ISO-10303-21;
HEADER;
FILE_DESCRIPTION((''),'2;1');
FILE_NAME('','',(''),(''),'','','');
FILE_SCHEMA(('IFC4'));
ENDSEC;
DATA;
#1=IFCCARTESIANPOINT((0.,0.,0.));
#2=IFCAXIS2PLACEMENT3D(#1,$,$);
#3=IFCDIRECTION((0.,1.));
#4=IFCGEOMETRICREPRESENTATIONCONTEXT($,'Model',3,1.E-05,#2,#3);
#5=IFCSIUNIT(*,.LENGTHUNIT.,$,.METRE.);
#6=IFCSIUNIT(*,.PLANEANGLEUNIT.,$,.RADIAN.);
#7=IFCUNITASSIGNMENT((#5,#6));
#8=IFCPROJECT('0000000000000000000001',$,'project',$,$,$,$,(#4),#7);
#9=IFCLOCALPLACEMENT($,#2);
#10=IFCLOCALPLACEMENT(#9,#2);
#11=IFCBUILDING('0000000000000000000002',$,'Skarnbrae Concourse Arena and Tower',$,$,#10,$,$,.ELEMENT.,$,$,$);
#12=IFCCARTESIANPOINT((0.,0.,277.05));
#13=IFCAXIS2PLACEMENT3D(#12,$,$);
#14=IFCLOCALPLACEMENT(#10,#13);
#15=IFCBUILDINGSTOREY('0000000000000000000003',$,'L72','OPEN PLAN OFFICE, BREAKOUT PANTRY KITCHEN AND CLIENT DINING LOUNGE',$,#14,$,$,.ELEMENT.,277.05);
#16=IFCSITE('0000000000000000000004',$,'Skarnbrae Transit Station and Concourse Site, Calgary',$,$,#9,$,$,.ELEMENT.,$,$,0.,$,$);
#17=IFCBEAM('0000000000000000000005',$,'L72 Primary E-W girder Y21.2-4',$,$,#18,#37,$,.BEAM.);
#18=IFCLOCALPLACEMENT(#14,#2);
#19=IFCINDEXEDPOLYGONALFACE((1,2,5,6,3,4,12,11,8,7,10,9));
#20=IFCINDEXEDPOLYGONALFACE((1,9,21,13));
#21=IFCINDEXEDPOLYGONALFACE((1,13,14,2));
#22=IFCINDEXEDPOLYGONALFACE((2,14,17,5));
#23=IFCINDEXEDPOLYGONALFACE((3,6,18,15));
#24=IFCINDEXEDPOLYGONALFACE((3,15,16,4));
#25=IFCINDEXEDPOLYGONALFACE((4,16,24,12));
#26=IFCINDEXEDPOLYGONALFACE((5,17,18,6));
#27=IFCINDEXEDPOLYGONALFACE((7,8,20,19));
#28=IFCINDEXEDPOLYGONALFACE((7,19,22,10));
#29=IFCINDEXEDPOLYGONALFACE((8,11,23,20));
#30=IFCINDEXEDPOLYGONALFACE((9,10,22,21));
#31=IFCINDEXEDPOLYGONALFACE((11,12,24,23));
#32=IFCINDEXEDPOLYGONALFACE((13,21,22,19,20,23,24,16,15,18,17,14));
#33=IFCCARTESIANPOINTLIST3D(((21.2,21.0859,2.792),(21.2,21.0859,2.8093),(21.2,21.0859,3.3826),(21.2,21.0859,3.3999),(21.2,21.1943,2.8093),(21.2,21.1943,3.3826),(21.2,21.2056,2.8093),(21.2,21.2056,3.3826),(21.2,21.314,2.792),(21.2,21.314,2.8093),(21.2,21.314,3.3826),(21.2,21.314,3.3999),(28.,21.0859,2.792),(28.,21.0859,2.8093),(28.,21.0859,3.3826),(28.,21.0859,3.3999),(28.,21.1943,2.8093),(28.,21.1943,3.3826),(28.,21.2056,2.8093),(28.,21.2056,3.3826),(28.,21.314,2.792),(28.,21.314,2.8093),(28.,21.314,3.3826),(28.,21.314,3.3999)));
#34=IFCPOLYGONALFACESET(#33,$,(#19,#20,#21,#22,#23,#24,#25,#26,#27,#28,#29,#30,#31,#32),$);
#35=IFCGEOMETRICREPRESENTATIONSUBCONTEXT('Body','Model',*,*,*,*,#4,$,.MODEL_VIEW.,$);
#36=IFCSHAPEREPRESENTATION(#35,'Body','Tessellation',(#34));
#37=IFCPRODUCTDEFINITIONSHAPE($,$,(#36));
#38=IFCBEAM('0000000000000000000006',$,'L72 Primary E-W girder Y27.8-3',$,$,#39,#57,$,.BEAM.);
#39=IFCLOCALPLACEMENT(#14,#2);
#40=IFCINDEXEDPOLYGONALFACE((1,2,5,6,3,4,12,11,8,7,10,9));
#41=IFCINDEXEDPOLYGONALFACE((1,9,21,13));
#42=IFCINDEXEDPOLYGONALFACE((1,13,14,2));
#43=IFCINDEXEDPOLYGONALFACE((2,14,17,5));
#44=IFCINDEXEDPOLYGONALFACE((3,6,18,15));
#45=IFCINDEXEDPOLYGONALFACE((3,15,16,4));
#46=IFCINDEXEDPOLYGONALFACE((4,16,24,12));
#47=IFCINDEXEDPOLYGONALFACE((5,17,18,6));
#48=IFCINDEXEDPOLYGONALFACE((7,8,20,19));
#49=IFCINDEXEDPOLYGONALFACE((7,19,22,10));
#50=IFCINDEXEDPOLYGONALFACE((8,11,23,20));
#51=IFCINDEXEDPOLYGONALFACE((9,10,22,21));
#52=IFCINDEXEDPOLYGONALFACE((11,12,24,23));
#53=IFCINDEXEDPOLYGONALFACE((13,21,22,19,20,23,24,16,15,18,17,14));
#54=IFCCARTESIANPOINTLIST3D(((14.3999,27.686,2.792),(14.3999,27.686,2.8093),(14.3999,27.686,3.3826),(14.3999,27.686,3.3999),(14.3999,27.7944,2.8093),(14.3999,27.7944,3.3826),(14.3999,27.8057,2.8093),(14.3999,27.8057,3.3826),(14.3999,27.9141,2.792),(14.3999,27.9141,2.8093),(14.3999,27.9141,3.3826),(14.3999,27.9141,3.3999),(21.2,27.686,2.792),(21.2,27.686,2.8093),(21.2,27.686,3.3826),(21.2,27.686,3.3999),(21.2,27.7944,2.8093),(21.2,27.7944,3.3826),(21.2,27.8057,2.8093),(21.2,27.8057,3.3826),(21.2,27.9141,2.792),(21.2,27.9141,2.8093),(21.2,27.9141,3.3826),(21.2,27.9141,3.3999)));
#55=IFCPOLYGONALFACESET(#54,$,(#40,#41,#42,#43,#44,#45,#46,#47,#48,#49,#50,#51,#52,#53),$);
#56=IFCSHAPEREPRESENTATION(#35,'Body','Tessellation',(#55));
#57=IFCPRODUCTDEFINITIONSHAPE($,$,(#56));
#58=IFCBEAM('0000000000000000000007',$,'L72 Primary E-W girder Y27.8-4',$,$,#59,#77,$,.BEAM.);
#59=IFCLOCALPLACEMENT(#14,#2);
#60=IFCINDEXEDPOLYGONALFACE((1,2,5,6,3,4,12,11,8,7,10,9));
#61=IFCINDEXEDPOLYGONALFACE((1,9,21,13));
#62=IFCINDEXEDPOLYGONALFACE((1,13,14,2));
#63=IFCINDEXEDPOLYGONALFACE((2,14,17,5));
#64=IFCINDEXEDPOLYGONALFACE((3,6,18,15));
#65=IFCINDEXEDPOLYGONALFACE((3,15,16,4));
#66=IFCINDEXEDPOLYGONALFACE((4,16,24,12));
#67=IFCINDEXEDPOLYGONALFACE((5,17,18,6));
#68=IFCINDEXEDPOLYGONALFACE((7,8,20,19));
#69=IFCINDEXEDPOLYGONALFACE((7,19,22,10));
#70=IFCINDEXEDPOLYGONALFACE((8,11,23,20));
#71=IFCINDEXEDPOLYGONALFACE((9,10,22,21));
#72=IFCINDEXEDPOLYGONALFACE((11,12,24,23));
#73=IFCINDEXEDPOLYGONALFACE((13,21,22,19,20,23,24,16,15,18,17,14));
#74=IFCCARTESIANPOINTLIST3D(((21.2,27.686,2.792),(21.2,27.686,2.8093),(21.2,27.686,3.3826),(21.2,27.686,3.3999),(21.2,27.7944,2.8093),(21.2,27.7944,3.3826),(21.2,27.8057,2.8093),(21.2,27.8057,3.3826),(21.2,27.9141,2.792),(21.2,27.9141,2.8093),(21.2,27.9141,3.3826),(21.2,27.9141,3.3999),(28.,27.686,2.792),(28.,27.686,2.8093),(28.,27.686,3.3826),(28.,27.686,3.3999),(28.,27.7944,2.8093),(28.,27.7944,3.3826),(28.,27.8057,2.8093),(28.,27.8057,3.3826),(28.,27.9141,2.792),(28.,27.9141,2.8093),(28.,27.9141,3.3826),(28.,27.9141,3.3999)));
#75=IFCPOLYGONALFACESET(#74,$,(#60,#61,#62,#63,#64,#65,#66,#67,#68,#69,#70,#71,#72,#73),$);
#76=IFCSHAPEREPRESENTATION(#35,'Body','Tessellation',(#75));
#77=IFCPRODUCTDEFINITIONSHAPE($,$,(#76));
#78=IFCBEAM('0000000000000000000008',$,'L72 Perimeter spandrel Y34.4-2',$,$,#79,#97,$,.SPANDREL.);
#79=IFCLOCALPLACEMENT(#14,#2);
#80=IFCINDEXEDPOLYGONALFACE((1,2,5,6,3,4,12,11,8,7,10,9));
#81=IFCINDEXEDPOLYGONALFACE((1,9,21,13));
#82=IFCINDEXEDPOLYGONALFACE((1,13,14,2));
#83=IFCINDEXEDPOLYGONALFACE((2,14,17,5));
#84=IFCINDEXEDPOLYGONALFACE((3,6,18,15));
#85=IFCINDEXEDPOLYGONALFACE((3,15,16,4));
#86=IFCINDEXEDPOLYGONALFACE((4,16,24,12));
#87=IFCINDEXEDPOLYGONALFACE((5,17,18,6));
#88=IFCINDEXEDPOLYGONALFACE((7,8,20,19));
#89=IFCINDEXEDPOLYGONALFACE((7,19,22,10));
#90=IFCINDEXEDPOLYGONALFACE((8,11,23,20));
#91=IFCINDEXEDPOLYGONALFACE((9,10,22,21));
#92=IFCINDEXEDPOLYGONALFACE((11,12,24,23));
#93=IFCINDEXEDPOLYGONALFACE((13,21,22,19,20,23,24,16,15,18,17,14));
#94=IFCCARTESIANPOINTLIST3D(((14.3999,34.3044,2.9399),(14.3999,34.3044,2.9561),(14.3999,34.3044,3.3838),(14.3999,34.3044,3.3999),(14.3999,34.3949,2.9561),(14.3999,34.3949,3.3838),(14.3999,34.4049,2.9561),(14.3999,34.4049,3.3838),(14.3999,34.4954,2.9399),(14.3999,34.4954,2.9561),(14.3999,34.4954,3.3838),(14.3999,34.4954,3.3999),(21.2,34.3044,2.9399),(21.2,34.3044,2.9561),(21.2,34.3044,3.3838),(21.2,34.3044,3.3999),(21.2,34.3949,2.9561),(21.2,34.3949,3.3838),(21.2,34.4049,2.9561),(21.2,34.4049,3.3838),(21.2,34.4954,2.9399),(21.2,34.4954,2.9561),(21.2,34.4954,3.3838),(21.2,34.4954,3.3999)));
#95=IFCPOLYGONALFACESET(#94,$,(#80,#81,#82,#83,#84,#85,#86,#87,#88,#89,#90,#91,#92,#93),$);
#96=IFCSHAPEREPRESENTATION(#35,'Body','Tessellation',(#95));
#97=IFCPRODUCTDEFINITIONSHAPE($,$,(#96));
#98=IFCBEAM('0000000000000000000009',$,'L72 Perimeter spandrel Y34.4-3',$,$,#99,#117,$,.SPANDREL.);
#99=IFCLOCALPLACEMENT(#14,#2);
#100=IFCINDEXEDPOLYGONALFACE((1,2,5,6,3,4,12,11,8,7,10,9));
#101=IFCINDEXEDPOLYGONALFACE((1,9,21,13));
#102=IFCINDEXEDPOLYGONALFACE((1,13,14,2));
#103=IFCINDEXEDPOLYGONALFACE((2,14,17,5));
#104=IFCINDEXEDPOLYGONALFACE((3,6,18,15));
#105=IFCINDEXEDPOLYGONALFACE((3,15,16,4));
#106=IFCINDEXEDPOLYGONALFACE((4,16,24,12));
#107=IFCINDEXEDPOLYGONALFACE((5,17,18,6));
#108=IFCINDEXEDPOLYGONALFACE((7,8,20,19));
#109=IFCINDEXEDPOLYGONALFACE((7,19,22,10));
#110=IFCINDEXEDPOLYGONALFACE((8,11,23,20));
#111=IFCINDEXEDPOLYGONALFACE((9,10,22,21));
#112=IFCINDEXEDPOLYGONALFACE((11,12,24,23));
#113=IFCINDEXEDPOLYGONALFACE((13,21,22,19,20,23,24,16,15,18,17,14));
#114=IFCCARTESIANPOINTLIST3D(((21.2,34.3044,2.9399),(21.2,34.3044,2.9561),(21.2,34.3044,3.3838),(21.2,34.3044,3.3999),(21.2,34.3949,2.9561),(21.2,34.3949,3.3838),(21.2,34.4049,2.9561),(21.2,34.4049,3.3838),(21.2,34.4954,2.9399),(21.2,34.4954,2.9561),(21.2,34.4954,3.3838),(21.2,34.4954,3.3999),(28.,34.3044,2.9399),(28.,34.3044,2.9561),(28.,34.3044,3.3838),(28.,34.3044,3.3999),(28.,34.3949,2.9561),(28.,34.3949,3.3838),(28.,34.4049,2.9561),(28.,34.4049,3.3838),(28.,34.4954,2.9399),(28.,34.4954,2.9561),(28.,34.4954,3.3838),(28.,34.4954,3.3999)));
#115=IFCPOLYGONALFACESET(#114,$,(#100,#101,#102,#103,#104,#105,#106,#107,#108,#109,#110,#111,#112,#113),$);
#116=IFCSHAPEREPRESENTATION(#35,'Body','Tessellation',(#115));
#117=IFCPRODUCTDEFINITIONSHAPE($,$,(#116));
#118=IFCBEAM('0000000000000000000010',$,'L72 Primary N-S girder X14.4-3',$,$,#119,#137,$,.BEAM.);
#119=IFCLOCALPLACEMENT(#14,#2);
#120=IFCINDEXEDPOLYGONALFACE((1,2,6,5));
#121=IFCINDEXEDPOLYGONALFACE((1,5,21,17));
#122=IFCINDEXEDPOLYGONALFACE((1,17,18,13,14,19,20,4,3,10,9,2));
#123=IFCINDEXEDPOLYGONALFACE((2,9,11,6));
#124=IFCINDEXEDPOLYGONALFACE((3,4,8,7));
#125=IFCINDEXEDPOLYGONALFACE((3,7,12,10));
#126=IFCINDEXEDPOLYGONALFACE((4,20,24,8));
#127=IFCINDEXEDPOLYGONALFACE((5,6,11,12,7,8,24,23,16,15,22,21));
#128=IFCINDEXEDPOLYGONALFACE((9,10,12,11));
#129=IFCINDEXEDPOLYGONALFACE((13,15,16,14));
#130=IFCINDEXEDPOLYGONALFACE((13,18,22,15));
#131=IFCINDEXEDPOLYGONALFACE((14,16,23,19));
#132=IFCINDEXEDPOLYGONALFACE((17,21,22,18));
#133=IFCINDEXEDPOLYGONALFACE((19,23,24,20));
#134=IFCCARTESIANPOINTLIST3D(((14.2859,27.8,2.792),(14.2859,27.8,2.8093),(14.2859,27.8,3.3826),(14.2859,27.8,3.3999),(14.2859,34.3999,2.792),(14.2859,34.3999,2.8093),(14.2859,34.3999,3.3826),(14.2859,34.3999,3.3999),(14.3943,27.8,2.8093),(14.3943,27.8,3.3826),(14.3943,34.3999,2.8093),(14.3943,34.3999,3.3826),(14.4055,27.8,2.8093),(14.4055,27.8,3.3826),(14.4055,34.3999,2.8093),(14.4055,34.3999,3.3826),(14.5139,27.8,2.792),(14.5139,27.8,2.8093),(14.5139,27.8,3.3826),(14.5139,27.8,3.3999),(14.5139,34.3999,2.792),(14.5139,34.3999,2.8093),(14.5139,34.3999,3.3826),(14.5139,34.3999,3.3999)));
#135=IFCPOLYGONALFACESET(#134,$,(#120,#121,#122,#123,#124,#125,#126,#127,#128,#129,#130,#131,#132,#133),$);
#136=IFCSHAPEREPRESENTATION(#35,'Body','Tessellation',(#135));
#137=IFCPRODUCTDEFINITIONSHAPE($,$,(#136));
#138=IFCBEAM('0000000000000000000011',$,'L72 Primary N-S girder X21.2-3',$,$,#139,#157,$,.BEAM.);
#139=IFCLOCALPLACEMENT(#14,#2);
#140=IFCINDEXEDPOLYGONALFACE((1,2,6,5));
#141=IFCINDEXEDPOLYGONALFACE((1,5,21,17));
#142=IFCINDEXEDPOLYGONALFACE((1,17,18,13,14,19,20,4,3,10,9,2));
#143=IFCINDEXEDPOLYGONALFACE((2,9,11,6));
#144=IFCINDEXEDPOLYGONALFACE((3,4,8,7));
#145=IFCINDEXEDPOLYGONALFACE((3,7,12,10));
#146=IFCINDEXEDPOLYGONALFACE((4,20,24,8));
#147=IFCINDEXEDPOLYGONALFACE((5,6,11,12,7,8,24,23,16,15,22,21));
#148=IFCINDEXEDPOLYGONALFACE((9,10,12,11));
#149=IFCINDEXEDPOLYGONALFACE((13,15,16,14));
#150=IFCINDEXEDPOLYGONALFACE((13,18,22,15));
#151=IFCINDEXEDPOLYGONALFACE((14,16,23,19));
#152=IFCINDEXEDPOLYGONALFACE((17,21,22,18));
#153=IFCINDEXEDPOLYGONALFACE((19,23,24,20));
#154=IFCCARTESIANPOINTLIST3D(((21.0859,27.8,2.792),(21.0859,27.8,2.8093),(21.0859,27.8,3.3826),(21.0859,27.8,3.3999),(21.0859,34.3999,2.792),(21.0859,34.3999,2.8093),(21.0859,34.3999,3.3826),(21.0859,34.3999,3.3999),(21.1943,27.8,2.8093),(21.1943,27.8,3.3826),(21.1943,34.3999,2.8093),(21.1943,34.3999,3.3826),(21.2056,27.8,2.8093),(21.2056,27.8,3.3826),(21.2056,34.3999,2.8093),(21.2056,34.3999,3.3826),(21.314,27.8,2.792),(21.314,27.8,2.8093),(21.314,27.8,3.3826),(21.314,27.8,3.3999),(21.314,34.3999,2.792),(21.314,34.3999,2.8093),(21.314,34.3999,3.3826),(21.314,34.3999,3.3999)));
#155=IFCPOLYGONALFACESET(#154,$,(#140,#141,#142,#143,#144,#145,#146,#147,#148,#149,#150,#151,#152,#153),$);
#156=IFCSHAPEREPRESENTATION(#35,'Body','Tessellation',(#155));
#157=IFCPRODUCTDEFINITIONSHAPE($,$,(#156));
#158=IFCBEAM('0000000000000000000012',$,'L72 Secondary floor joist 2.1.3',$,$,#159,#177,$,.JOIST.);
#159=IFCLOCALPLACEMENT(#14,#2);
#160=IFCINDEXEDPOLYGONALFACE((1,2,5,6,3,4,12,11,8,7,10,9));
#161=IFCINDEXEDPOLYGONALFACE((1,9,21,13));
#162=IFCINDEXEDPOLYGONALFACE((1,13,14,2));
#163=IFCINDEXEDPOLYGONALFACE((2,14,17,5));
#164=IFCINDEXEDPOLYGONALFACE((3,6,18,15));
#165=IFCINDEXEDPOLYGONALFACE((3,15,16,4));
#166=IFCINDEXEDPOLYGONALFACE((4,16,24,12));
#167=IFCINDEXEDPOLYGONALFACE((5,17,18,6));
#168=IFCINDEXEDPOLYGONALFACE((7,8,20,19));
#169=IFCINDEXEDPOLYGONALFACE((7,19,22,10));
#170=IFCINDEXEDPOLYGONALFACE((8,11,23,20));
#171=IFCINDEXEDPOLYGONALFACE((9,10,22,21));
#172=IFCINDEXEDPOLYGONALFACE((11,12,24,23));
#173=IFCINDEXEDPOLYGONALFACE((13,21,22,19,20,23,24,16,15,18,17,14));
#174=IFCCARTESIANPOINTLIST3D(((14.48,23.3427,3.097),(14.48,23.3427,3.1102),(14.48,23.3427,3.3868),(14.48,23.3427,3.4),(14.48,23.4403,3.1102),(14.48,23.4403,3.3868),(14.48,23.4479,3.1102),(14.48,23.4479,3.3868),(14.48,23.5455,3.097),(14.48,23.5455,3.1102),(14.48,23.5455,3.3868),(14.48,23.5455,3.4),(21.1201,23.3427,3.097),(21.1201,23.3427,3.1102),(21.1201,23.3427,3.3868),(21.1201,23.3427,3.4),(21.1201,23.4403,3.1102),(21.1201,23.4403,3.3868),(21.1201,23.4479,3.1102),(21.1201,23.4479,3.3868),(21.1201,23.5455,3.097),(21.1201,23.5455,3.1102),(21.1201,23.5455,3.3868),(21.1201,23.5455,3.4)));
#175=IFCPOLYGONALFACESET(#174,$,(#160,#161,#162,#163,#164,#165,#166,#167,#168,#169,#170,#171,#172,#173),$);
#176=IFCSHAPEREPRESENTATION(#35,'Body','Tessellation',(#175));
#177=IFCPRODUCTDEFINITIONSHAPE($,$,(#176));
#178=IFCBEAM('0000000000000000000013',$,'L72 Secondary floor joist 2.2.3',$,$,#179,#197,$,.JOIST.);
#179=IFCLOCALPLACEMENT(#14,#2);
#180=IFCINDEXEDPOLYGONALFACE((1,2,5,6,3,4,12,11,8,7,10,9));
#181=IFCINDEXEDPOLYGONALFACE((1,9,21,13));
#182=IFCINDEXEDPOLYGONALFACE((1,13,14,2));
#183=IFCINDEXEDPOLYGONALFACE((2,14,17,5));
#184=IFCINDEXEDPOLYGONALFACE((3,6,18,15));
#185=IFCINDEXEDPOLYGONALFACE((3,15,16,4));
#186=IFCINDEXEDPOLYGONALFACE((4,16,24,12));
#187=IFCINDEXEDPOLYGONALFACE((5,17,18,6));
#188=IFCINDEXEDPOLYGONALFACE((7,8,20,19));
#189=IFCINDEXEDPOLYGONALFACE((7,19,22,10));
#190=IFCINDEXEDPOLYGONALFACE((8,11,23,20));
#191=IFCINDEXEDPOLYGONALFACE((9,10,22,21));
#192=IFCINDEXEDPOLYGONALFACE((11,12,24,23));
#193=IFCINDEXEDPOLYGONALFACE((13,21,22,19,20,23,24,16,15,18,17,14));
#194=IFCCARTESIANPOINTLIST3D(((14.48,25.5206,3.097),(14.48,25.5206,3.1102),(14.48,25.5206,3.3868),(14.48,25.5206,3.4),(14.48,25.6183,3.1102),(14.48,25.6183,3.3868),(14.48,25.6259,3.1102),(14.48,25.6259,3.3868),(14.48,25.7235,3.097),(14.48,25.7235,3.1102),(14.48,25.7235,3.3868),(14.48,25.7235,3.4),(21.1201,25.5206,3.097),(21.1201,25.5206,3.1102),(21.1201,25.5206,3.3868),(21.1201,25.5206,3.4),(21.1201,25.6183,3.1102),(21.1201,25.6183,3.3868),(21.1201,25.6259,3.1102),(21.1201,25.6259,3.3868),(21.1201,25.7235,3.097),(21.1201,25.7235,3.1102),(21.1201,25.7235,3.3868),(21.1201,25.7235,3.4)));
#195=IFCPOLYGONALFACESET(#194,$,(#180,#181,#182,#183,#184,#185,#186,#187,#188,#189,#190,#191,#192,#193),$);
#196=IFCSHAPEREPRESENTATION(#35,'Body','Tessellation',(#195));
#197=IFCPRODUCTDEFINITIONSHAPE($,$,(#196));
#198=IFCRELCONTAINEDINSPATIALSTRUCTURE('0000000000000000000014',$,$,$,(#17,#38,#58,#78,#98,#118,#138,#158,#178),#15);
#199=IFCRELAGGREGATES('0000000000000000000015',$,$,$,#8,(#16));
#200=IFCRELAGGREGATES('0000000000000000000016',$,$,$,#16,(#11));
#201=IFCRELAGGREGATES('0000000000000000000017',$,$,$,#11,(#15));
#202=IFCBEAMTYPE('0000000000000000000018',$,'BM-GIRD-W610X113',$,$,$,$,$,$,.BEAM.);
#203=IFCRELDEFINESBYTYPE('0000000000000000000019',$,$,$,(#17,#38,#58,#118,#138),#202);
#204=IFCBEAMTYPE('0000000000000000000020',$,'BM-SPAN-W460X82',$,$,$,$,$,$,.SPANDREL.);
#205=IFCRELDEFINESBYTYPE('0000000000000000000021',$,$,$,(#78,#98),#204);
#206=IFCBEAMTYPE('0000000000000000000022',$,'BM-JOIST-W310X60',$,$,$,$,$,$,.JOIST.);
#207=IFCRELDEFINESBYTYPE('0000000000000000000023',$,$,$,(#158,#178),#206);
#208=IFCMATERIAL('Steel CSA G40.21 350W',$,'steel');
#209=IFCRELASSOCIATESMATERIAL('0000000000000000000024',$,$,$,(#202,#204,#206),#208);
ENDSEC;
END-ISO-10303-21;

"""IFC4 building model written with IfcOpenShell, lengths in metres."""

from ifc_helpers import new_model, si_unit, direction, frame, origin, origin_2d, place, context, subcontext, project, spatial, i_section, extrude, source, transform, mapped, material, material_profile, profile_set, type_object, element, save


model = new_model("IFC4")

# Units and contexts
model_context = context("Model", 3, precision=1e-05, world=origin(), true_north=direction((0.0, 1.0)))
body_context = subcontext(model_context, "Body", "Model", "MODEL_VIEW")
ifc_project = project(units=[si_unit("LENGTHUNIT", "METRE"), si_unit("PLANEANGLEUNIT", "RADIAN")], contexts=[model_context])

# Site, building, storey
site_placement = place(None, origin())
site = spatial("IfcSite", under=ifc_project, at=site_placement, Name="Skarnbrae Transit Station and Concourse Site, Calgary", CompositionType="ELEMENT", RefElevation=0.0)
building_placement = place(site_placement, origin())
building = spatial("IfcBuilding", under=site, at=building_placement, Name="Skarnbrae Concourse Arena and Tower", CompositionType="ELEMENT")
storey_placement = place(building_placement, frame((0.0, 0.0, 277.05)))
storey = spatial("IfcBuildingStorey", under=building, at=storey_placement, Name="L72", Description="OPEN PLAN OFFICE, BREAKOUT PANTRY KITCHEN AND CLIENT DINING LOUNGE", CompositionType="ELEMENT", Elevation=277.05)

# Shared definitions
ifc_material_1 = material(Name="Steel CSA G40.21 350W", Category="steel")

# Beams
ifc_material_profile_1 = material_profile(ifc_material_1, i_section(OverallWidth=0.228, OverallDepth=0.6079, WebThickness=0.0112, FlangeThickness=0.0173, at=origin_2d()), Name="W610X113")
ifc_profile_set_1 = profile_set([ifc_material_profile_1], Name="Steel CSA G40.21 350W")
beam_type_1 = type_object("IfcBeamType", Name="BM-GIRD-W610X113", PredefinedType="BEAM", material=ifc_profile_set_1)
shared_shape_1 = source(origin(), body_context, "Body", "SweptSolid", [
    extrude(i_section(OverallWidth=0.228, OverallDepth=0.6079, WebThickness=0.0112, FlangeThickness=0.0173, at=origin_2d()), origin(), (0.0, 0.0, 1.0), 6.8),
])
for number, where, z_axis, x_axis, name in (
    (1, (21.2, 21.2, 3.0959), (1.0, 0.0, 0.0), (0.0, 1.0, 0.0), "L72 Primary E-W girder Y21.2-4"),
    (2, (14.3999, 27.8, 3.0959), (1.0, 0.0, 0.0), (0.0, 1.0, 0.0), "L72 Primary E-W girder Y27.8-3"),
    (3, (21.2, 27.8, 3.0959), (1.0, 0.0, 0.0), (0.0, 1.0, 0.0), "L72 Primary E-W girder Y27.8-4"),
):
    element("IfcBeam", number, at=place(storey_placement, frame(where, z_axis=z_axis, x_axis=x_axis)), inside=storey, type_object=beam_type_1, Name=name, PredefinedType="BEAM", context=body_context, shape_type="MappedRepresentation", body=[
        mapped(shared_shape_1, transform((0.0, 0.0, 0.0))),
    ])
ifc_material_profile_2 = material_profile(ifc_material_1, i_section(OverallWidth=0.1909, OverallDepth=0.46, WebThickness=0.01, FlangeThickness=0.0161, at=origin_2d()), Name="W460X82")
ifc_profile_set_2 = profile_set([ifc_material_profile_2], Name="Steel CSA G40.21 350W")
beam_type_2 = type_object("IfcBeamType", Name="BM-SPAN-W460X82", PredefinedType="SPANDREL", material=ifc_profile_set_2)
shared_shape_2 = source(origin(), body_context, "Body", "SweptSolid", [
    extrude(i_section(OverallWidth=0.1909, OverallDepth=0.46, WebThickness=0.01, FlangeThickness=0.0161, at=origin_2d()), origin(), (0.0, 0.0, 1.0), 6.8),
])
for number, where, z_axis, x_axis, name in (
    (4, (14.3999, 34.3999, 3.1699), (1.0, 0.0, 0.0), (0.0, 1.0, 0.0), "L72 Perimeter spandrel Y34.4-2"),
    (5, (21.2, 34.3999, 3.1699), (1.0, 0.0, 0.0), (0.0, 1.0, 0.0), "L72 Perimeter spandrel Y34.4-3"),
):
    element("IfcBeam", number, at=place(storey_placement, frame(where, z_axis=z_axis, x_axis=x_axis)), inside=storey, type_object=beam_type_2, Name=name, PredefinedType="SPANDREL", context=body_context, shape_type="MappedRepresentation", body=[
        mapped(shared_shape_2, transform((0.0, 0.0, 0.0))),
    ])
shared_shape_3 = source(origin(), body_context, "Body", "SweptSolid", [
    extrude(i_section(OverallWidth=0.228, OverallDepth=0.6079, WebThickness=0.0112, FlangeThickness=0.0173, at=origin_2d()), origin(), (0.0, 0.0, 1.0), 6.5999),
])
for number, where, z_axis, x_axis, name in (
    (6, (14.3999, 27.8, 3.0959), (0.0, 1.0, 0.0), (-1.0, 0.0, 0.0), "L72 Primary N-S girder X14.4-3"),
    (7, (21.2, 27.8, 3.0959), (0.0, 1.0, 0.0), (-1.0, 0.0, 0.0), "L72 Primary N-S girder X21.2-3"),
):
    element("IfcBeam", number, at=place(storey_placement, frame(where, z_axis=z_axis, x_axis=x_axis)), inside=storey, type_object=beam_type_1, Name=name, PredefinedType="BEAM", context=body_context, shape_type="MappedRepresentation", body=[
        mapped(shared_shape_3, transform((0.0, 0.0, 0.0))),
    ])
ifc_material_profile_3 = material_profile(ifc_material_1, i_section(OverallWidth=0.2029, OverallDepth=0.303, WebThickness=0.0076, FlangeThickness=0.0132, at=origin_2d()), Name="W310X60")
ifc_profile_set_3 = profile_set([ifc_material_profile_3], Name="Steel CSA G40.21 350W")
beam_type_3 = type_object("IfcBeamType", Name="BM-JOIST-W310X60", PredefinedType="JOIST", material=ifc_profile_set_3)
shared_shape_4 = source(origin(), body_context, "Body", "SweptSolid", [
    extrude(i_section(OverallWidth=0.2029, OverallDepth=0.303, WebThickness=0.0076, FlangeThickness=0.0132, at=origin_2d()), origin(), (0.0, 0.0, 1.0), 6.6401),
])
for number, where, z_axis, x_axis, name in (
    (8, (14.48, 23.4441, 3.2485), (1.0, 0.0, 0.0), (0.0, 1.0, 0.0), "L72 Secondary floor joist 2.1.3"),
    (9, (14.48, 25.6221, 3.2485), (1.0, 0.0, 0.0), (0.0, 1.0, 0.0), "L72 Secondary floor joist 2.2.3"),
):
    element("IfcBeam", number, at=place(storey_placement, frame(where, z_axis=z_axis, x_axis=x_axis)), inside=storey, type_object=beam_type_3, Name=name, PredefinedType="JOIST", context=body_context, shape_type="MappedRepresentation", body=[
        mapped(shared_shape_4, transform((0.0, 0.0, 0.0))),
    ])

save(model, "model.ifc")
